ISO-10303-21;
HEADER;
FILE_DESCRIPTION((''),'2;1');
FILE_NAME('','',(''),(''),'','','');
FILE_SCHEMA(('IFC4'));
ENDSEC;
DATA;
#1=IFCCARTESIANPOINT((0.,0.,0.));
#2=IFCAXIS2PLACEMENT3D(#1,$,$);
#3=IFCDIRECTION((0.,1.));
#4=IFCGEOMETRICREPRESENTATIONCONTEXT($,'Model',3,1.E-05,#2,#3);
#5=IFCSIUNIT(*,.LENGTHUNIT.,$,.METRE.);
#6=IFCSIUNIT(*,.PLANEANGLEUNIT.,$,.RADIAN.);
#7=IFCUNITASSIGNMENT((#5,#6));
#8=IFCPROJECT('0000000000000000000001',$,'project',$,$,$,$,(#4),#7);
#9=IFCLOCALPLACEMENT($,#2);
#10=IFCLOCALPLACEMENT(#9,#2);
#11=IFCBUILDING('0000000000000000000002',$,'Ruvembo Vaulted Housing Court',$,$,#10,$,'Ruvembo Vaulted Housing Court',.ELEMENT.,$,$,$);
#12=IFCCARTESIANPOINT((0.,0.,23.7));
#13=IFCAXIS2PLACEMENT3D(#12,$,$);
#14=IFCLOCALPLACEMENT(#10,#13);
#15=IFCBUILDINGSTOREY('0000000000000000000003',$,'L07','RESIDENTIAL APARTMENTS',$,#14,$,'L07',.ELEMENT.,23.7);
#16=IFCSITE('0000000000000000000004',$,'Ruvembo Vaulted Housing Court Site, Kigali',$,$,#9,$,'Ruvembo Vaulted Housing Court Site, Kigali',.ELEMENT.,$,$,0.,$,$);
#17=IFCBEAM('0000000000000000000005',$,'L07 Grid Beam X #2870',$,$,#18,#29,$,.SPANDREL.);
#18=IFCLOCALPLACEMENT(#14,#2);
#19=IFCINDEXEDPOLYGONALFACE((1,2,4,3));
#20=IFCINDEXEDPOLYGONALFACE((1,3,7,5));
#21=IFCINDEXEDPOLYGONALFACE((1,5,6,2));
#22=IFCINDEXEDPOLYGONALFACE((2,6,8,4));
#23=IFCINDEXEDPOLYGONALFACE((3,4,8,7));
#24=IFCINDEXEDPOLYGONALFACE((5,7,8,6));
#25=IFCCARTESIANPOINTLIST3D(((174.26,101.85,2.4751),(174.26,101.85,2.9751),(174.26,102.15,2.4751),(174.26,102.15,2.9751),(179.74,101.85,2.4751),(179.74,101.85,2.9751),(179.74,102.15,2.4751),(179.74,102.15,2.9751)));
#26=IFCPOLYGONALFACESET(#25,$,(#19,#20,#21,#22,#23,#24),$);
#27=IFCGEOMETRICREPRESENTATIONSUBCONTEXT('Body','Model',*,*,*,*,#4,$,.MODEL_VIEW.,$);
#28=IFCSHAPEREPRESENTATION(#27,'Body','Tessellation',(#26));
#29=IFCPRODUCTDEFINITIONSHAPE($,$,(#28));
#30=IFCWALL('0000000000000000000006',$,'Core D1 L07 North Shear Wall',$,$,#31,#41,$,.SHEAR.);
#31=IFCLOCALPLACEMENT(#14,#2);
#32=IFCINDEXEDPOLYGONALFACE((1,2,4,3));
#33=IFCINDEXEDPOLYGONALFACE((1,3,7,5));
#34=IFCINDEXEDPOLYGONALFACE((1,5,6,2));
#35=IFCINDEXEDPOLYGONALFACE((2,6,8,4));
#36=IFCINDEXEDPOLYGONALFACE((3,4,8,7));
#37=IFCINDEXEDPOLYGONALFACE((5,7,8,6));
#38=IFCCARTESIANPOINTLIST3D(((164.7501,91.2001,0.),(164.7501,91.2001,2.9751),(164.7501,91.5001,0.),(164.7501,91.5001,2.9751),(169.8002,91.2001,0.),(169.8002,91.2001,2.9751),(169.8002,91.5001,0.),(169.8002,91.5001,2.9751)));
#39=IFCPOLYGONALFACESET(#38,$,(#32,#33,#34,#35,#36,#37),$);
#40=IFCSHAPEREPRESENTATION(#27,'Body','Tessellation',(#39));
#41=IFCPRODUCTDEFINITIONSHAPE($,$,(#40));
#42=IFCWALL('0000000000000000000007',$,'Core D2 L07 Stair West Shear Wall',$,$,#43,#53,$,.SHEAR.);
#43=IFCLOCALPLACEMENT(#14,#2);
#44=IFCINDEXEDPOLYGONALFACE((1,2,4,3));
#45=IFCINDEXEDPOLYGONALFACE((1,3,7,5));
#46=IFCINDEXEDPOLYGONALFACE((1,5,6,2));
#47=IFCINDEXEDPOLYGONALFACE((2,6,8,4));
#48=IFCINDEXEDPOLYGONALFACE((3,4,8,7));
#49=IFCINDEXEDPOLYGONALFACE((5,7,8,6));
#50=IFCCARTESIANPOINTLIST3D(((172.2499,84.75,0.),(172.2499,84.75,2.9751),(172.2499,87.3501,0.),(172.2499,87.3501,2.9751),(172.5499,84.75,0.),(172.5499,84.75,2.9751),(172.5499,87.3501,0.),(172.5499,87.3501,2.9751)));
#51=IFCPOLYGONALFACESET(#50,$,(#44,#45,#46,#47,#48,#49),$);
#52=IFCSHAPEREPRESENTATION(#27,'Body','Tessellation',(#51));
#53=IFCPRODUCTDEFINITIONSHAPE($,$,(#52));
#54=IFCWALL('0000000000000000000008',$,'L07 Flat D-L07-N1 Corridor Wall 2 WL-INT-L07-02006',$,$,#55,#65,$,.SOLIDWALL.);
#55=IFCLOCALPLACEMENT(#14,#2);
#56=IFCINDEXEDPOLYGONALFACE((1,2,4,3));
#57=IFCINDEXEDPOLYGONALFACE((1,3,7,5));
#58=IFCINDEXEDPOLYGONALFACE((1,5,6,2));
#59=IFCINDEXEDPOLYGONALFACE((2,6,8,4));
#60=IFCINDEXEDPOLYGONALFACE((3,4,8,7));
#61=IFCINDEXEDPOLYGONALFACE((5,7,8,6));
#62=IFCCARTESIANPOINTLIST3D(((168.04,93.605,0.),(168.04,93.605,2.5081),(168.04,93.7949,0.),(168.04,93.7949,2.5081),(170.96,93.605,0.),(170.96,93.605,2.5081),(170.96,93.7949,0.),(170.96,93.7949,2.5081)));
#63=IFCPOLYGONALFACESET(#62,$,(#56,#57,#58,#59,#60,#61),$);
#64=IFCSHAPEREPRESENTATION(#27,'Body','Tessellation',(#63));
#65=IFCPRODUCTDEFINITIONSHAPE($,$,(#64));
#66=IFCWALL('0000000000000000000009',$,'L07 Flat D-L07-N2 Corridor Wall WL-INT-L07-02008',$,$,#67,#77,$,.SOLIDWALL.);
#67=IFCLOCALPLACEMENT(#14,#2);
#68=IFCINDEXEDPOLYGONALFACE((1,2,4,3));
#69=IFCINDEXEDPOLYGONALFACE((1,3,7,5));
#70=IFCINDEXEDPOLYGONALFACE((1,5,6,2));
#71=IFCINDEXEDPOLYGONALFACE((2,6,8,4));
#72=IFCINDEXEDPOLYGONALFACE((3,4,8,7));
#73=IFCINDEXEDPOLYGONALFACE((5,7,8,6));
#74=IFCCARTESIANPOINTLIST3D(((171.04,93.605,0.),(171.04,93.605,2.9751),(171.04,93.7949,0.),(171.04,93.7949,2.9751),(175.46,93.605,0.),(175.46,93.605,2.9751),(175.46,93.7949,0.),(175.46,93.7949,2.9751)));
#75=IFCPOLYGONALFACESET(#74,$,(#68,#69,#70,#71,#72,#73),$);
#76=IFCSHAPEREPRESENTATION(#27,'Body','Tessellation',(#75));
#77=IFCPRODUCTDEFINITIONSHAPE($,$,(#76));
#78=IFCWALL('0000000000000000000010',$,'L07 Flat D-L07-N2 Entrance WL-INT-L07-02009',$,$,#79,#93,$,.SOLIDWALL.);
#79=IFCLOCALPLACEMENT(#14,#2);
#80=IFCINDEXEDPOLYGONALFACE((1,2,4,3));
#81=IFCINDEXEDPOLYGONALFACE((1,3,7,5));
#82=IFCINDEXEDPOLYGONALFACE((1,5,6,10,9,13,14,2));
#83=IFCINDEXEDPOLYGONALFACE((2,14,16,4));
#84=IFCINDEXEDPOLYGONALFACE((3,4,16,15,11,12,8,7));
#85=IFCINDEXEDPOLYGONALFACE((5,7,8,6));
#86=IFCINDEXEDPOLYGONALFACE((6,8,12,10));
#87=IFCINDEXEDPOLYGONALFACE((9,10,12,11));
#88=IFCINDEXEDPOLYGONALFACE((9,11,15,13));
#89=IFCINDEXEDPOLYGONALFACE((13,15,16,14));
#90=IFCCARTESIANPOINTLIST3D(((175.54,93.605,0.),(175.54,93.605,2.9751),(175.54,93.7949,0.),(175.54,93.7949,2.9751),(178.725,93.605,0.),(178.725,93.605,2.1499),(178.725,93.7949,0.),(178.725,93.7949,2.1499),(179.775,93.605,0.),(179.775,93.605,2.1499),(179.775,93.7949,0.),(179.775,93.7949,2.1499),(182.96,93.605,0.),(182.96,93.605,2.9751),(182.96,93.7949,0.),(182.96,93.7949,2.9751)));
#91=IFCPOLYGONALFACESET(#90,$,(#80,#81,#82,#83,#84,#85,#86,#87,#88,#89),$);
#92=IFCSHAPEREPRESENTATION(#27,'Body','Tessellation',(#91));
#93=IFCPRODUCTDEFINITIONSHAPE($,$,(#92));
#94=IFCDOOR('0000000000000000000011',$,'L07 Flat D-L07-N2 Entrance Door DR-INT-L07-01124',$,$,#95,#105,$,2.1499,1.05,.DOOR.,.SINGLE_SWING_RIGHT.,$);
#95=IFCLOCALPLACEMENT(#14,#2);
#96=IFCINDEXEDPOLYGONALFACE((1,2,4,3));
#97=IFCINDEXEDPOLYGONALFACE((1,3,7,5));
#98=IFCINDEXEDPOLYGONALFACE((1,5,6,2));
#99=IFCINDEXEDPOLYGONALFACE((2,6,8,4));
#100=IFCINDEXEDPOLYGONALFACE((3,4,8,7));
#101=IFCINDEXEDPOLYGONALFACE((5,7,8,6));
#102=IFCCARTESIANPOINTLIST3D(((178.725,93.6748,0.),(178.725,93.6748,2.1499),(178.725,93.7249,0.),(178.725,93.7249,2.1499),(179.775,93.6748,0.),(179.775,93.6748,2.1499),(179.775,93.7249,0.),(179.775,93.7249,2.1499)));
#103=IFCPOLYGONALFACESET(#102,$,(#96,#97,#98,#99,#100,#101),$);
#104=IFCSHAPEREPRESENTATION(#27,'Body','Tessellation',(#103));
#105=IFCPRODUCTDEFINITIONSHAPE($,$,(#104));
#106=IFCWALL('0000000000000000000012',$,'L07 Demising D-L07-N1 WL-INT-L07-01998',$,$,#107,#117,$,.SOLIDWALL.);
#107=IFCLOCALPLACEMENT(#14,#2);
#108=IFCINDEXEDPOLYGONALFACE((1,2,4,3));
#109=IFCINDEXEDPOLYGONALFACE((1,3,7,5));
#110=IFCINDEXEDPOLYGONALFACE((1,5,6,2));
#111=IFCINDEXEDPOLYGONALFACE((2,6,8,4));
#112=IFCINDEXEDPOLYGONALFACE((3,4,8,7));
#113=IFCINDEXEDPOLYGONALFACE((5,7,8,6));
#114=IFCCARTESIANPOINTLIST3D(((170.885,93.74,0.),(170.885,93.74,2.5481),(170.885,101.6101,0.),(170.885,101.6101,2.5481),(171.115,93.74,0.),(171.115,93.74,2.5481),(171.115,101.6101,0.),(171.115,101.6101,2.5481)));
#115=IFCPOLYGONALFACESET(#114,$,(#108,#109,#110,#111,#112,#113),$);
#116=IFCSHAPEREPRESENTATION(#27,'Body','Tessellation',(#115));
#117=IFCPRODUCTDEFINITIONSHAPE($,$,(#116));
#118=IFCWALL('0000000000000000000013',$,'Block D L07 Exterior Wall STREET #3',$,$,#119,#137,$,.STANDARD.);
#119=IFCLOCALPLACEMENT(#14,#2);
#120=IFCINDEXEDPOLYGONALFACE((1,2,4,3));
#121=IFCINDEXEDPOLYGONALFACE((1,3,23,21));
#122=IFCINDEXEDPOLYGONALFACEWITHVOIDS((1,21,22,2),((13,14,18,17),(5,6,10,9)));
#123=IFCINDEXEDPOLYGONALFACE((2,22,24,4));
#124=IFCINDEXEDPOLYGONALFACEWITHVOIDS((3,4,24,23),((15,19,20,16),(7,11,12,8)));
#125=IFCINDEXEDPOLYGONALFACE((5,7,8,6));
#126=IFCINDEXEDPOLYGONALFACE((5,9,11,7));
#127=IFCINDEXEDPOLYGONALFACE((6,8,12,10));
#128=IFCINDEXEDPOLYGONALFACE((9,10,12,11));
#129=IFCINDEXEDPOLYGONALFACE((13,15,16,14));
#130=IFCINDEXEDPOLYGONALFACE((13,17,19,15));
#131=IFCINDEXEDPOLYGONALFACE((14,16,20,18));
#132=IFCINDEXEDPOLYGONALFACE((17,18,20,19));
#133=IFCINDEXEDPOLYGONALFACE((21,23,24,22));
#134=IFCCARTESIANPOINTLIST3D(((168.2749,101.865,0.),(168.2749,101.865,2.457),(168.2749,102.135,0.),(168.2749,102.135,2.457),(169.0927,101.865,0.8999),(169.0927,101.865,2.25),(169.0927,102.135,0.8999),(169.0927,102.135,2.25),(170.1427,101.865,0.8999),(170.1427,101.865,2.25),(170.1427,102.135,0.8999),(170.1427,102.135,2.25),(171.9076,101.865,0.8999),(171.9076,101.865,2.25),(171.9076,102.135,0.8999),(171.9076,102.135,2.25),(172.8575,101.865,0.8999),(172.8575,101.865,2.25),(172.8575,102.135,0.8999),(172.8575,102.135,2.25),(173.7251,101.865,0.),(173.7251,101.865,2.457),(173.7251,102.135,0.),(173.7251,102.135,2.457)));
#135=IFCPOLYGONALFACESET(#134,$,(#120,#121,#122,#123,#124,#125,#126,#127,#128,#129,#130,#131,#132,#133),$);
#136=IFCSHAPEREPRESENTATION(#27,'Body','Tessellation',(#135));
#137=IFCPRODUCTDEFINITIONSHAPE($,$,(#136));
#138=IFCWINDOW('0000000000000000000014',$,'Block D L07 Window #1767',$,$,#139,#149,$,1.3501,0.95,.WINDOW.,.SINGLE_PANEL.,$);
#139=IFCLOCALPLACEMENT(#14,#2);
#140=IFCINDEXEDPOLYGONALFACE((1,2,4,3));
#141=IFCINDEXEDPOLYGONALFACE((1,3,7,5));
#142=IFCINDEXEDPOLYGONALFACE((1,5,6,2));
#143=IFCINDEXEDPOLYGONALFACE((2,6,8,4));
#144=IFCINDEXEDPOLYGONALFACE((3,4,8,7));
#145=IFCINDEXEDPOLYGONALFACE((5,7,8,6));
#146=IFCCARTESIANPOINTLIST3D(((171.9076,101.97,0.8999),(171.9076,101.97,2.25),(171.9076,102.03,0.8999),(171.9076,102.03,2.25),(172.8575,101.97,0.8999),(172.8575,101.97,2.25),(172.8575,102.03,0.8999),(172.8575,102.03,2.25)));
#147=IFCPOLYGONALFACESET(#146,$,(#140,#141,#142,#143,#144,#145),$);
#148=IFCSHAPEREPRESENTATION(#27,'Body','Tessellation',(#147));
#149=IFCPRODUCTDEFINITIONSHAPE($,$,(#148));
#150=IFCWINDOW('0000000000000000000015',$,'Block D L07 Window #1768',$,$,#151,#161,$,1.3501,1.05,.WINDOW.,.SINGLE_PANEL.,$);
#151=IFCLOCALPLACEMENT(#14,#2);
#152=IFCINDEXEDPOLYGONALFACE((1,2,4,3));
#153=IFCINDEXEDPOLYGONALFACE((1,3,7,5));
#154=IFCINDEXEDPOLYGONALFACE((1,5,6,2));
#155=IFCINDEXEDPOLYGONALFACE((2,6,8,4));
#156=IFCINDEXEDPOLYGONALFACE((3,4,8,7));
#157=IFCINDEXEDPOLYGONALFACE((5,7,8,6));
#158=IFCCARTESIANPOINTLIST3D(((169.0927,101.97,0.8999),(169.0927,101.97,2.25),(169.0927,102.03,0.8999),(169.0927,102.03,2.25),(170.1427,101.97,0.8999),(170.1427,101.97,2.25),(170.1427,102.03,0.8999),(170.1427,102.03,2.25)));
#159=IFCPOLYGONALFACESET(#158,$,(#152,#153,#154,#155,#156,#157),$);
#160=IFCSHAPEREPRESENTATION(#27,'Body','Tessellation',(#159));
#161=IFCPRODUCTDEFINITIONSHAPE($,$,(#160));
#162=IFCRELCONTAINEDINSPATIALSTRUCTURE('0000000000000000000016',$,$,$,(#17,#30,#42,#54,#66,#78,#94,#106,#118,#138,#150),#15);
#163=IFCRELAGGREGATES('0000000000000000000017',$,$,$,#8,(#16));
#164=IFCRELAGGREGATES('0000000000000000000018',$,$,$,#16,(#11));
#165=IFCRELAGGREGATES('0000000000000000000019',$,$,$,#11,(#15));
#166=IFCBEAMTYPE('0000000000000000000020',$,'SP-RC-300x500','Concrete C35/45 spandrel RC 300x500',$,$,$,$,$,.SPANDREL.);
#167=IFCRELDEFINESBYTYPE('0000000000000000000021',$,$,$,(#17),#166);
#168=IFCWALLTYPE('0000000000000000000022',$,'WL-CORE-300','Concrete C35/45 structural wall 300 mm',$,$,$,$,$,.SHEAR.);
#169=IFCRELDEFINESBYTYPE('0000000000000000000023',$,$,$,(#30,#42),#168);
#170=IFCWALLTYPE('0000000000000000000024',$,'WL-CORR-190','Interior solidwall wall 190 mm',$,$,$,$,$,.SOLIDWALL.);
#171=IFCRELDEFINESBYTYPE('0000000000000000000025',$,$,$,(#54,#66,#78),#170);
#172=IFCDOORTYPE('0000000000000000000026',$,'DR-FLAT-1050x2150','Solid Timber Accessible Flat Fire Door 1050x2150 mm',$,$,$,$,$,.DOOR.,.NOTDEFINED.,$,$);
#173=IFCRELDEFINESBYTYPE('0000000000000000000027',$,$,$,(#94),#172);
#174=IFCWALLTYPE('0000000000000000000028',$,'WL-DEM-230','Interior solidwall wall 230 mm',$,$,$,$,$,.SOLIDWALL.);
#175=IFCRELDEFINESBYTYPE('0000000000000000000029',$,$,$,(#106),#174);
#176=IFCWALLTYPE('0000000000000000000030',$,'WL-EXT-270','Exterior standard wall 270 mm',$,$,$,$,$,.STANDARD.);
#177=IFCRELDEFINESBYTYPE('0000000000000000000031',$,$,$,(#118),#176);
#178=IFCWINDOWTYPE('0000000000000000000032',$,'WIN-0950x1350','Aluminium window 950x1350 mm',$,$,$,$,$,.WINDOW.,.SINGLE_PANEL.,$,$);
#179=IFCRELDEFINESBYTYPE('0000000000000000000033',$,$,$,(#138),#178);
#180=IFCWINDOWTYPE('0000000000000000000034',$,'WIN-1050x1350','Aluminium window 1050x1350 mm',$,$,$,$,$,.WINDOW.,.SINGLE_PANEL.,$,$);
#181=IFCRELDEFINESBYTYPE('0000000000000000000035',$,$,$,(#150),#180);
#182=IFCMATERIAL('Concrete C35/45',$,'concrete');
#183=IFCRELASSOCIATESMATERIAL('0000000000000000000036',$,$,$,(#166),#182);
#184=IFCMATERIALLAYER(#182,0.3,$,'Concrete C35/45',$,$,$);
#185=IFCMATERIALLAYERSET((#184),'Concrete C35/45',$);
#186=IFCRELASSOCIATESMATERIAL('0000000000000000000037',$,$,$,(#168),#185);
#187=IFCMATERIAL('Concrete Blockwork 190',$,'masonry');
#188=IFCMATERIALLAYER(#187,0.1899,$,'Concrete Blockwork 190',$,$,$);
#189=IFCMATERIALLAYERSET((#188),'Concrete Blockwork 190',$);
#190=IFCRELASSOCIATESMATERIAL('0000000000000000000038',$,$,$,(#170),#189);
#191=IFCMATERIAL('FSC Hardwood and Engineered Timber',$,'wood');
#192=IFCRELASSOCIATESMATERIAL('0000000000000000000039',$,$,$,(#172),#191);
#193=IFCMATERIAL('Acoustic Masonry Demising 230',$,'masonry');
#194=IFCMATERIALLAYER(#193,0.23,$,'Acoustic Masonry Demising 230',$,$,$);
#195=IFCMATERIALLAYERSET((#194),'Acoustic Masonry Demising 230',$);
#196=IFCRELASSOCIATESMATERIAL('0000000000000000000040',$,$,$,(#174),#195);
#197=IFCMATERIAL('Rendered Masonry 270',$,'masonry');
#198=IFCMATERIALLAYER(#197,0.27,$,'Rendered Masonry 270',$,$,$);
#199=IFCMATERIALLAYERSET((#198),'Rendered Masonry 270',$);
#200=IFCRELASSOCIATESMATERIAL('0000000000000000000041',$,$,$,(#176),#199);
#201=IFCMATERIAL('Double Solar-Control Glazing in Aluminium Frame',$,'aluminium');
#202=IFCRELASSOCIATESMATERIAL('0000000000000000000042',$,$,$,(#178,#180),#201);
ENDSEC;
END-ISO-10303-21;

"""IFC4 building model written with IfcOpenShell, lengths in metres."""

from ifc_helpers import new_model, si_unit, direction, frame, frame_2d, origin, origin_2d, place, context, subcontext, project, spatial, rectangle, extrude, material, layer, layer_set, material_profile, profile_set, type_object, element, fill, save


model = new_model("IFC4")

# Units and contexts
model_context = context("Model", 3, precision=1e-05, world=origin(), true_north=direction((0.0, 1.0)))
body_context = subcontext(model_context, "Body", "Model", "MODEL_VIEW")
ifc_project = project(units=[si_unit("LENGTHUNIT", "METRE"), si_unit("PLANEANGLEUNIT", "RADIAN")], contexts=[model_context])

# Site, building, storey
site_placement = place(None, origin())
site = spatial("IfcSite", under=ifc_project, at=site_placement, Name="Ruvembo Vaulted Housing Court Site, Kigali", LongName="Ruvembo Vaulted Housing Court Site, Kigali", CompositionType="ELEMENT", RefElevation=0.0)
building_placement = place(site_placement, origin())
building = spatial("IfcBuilding", under=site, at=building_placement, Name="Ruvembo Vaulted Housing Court", LongName="Ruvembo Vaulted Housing Court", CompositionType="ELEMENT")
storey_placement = place(building_placement, frame((0.0, 0.0, 23.7)))
storey = spatial("IfcBuildingStorey", under=building, at=storey_placement, Name="L07", Description="RESIDENTIAL APARTMENTS", LongName="L07", CompositionType="ELEMENT", Elevation=23.7)

# Shared definitions
ifc_material_1 = material(Name="Concrete C35/45", Category="concrete")

# Beam
ifc_material_profile_1 = material_profile(ifc_material_1, rectangle(XDim=0.3, YDim=0.5, at=origin_2d()), Name="RC 300x500")
ifc_profile_set_1 = profile_set([ifc_material_profile_1], Name="Concrete C35/45")
beam_type_1 = type_object("IfcBeamType", Name="SP-RC-300x500", Description="Concrete C35/45 spandrel RC 300x500", PredefinedType="SPANDREL", material=ifc_profile_set_1)
for number, where, z_axis, x_axis, name in (
    (1, (174.26, 102.0, 2.7251), (1.0, 0.0, 0.0), (0.0, 1.0, 0.0), "L07 Grid Beam X #2870"),
):
    element("IfcBeam", number, at=place(storey_placement, frame(where, z_axis=z_axis, x_axis=x_axis)), inside=storey, type_object=beam_type_1, Name=name, PredefinedType="SPANDREL", context=body_context, shape_type="SweptSolid", body=[
        extrude(rectangle(XDim=0.3, YDim=0.5, at=origin_2d()), origin(), (0.0, 0.0, 1.0), 5.48),
    ])

# Walls
ifc_layer_1 = layer(ifc_material_1, 0.3, Name="Concrete C35/45")
ifc_layer_set_1 = layer_set([ifc_layer_1], Name="Concrete C35/45")
wall_type_1 = type_object("IfcWallType", Name="WL-CORE-300", Description="Concrete C35/45 structural wall 300 mm", PredefinedType="SHEAR", material=ifc_layer_set_1)
wall_1_placement = place(storey_placement, frame((169.8, 91.3501, 0.0), z_axis=(0.0, 0.0, 1.0), x_axis=(-1.0, 0.0, 0.0)))
element("IfcWall", 2, at=wall_1_placement, inside=storey, type_object=wall_type_1, Name="Core D1 L07 North Shear Wall", PredefinedType="SHEAR", context=body_context, shape_type="SweptSolid", body=[
    extrude(rectangle(XDim=5.05, YDim=0.3, at=frame_2d((2.5249, 0.0))), origin(), (0.0, 0.0, 1.0), 2.9751),
])
wall_2_placement = place(storey_placement, frame((172.3999, 87.3501, 0.0), z_axis=(0.0, 0.0, 1.0), x_axis=(0.0, -1.0, 0.0)))
element("IfcWall", 3, at=wall_2_placement, inside=storey, type_object=wall_type_1, Name="Core D2 L07 Stair West Shear Wall", PredefinedType="SHEAR", context=body_context, shape_type="SweptSolid", body=[
    extrude(rectangle(XDim=2.6001, YDim=0.3, at=frame_2d((1.3, 0.0))), origin(), (0.0, 0.0, 1.0), 2.9751),
])
ifc_material_2 = material(Name="Concrete Blockwork 190", Category="masonry")
ifc_layer_2 = layer(ifc_material_2, 0.1899, Name="Concrete Blockwork 190")
ifc_layer_set_2 = layer_set([ifc_layer_2], Name="Concrete Blockwork 190")
wall_type_2 = type_object("IfcWallType", Name="WL-CORR-190", Description="Interior solidwall wall 190 mm", PredefinedType="SOLIDWALL", material=ifc_layer_set_2)
wall_3_placement = place(storey_placement, frame((168.04, 93.7, 0.0), z_axis=(0.0, 0.0, 1.0), x_axis=(1.0, 0.0, 0.0)))
element("IfcWall", 4, at=wall_3_placement, inside=storey, type_object=wall_type_2, Name="L07 Flat D-L07-N1 Corridor Wall 2 WL-INT-L07-02006", PredefinedType="SOLIDWALL", context=body_context, shape_type="SweptSolid", body=[
    extrude(rectangle(XDim=2.9199, YDim=0.1899, at=frame_2d((1.46, 0.0))), origin(), (0.0, 0.0, 1.0), 2.5081),
])
wall_4_placement = place(storey_placement, frame((171.04, 93.7, 0.0), z_axis=(0.0, 0.0, 1.0), x_axis=(1.0, 0.0, 0.0)))
element("IfcWall", 5, at=wall_4_placement, inside=storey, type_object=wall_type_2, Name="L07 Flat D-L07-N2 Corridor Wall WL-INT-L07-02008", PredefinedType="SOLIDWALL", context=body_context, shape_type="SweptSolid", body=[
    extrude(rectangle(XDim=4.4199, YDim=0.1899, at=frame_2d((2.21, 0.0))), origin(), (0.0, 0.0, 1.0), 2.9751),
])

# Wall, opening, door
wall_5_placement = place(storey_placement, frame((175.54, 93.7, 0.0), z_axis=(0.0, 0.0, 1.0), x_axis=(1.0, 0.0, 0.0)))
wall_5 = element("IfcWall", 6, at=wall_5_placement, inside=storey, type_object=wall_type_2, Name="L07 Flat D-L07-N2 Entrance WL-INT-L07-02009", PredefinedType="SOLIDWALL", context=body_context, shape_type="SweptSolid", body=[
    extrude(rectangle(XDim=7.4199, YDim=0.1899, at=frame_2d((3.71, 0.0))), origin(), (0.0, 0.0, 1.0), 2.9751),
])
opening_1_placement = place(wall_5_placement, frame((3.1851, 0.0, 0.0)))
opening_1 = element("IfcOpeningElement", 7, at=opening_1_placement, cuts=wall_5, PredefinedType="OPENING", context=body_context, shape_type="SweptSolid", body=[
    extrude(rectangle(XDim=1.05, YDim=2.1499, at=frame_2d((0.5249, 1.075))), frame((0.0, 0.105, 0.0), z_axis=(0.0, -1.0, 0.0), x_axis=(1.0, 0.0, 0.0)), (0.0, 0.0, 1.0), 0.21),
])
ifc_material_3 = material(Name="FSC Hardwood and Engineered Timber", Category="wood")
door_type_1 = type_object("IfcDoorType", Name="DR-FLAT-1050x2150", Description="Solid Timber Accessible Flat Fire Door 1050x2150 mm", OperationType="NOTDEFINED", PredefinedType="DOOR", material=ifc_material_3)
door_1_placement = place(opening_1_placement, origin())
door_1 = element("IfcDoor", 8, at=door_1_placement, inside=storey, type_object=door_type_1, Name="L07 Flat D-L07-N2 Entrance Door DR-INT-L07-01124", OperationType="SINGLE_SWING_RIGHT", OverallHeight=2.1499, OverallWidth=1.05, PredefinedType="DOOR", context=body_context, shape_type="SweptSolid", body=[
    extrude(rectangle(XDim=1.05, YDim=2.1499, at=frame_2d((0.5249, 1.075))), frame((0.0, 0.0249, 0.0), z_axis=(0.0, -1.0, 0.0), x_axis=(1.0, 0.0, 0.0)), (0.0, 0.0, 1.0), 0.05),
])
fill(opening_1, door_1)

# Wall
ifc_material_4 = material(Name="Acoustic Masonry Demising 230", Category="masonry")
ifc_layer_3 = layer(ifc_material_4, 0.23, Name="Acoustic Masonry Demising 230")
ifc_layer_set_3 = layer_set([ifc_layer_3], Name="Acoustic Masonry Demising 230")
wall_type_3 = type_object("IfcWallType", Name="WL-DEM-230", Description="Interior solidwall wall 230 mm", PredefinedType="SOLIDWALL", material=ifc_layer_set_3)
wall_6_placement = place(storey_placement, frame((171.0, 93.74, 0.0), z_axis=(0.0, 0.0, 1.0), x_axis=(0.0, 1.0, 0.0)))
element("IfcWall", 9, at=wall_6_placement, inside=storey, type_object=wall_type_3, Name="L07 Demising D-L07-N1 WL-INT-L07-01998", PredefinedType="SOLIDWALL", context=body_context, shape_type="SweptSolid", body=[
    extrude(rectangle(XDim=7.8701, YDim=0.23, at=frame_2d((3.9351, 0.0))), origin(), (0.0, 0.0, 1.0), 2.5481),
])

# Wall, openings, windows
ifc_material_5 = material(Name="Rendered Masonry 270", Category="masonry")
ifc_layer_4 = layer(ifc_material_5, 0.27, Name="Rendered Masonry 270")
ifc_layer_set_4 = layer_set([ifc_layer_4], Name="Rendered Masonry 270")
wall_type_4 = type_object("IfcWallType", Name="WL-EXT-270", Description="Exterior standard wall 270 mm", PredefinedType="STANDARD", material=ifc_layer_set_4)
wall_7_placement = place(storey_placement, frame((173.7251, 102.0, 0.0), z_axis=(0.0, 0.0, 1.0), x_axis=(-1.0, 0.0, 0.0)))
wall_7 = element("IfcWall", 10, at=wall_7_placement, inside=storey, type_object=wall_type_4, Name="Block D L07 Exterior Wall STREET #3", PredefinedType="STANDARD", context=body_context, shape_type="SweptSolid", body=[
    extrude(rectangle(XDim=5.4502, YDim=0.27, at=frame_2d((2.7251, 0.0))), origin(), (0.0, 0.0, 1.0), 2.457),
])
opening_2_placement = place(wall_7_placement, frame((0.8674, 0.0, 0.8999)))
opening_2 = element("IfcOpeningElement", 11, at=opening_2_placement, cuts=wall_7, PredefinedType="OPENING", context=body_context, shape_type="SweptSolid", body=[
    extrude(rectangle(XDim=0.95, YDim=1.3501, at=frame_2d((0.4751, 0.675))), frame((0.0, 0.145, 0.0), z_axis=(0.0, -1.0, 0.0), x_axis=(1.0, 0.0, 0.0)), (0.0, 0.0, 1.0), 0.29),
])
opening_3_placement = place(wall_7_placement, frame((3.5825, 0.0, 0.8999)))
opening_3 = element("IfcOpeningElement", 12, at=opening_3_placement, cuts=wall_7, PredefinedType="OPENING", context=body_context, shape_type="SweptSolid", body=[
    extrude(rectangle(XDim=1.05, YDim=1.3501, at=frame_2d((0.5249, 0.675))), frame((0.0, 0.145, 0.0), z_axis=(0.0, -1.0, 0.0), x_axis=(1.0, 0.0, 0.0)), (0.0, 0.0, 1.0), 0.29),
])
ifc_material_6 = material(Name="Double Solar-Control Glazing in Aluminium Frame", Category="aluminium")
window_type_1 = type_object("IfcWindowType", Name="WIN-0950x1350", Description="Aluminium window 950x1350 mm", PartitioningType="SINGLE_PANEL", PredefinedType="WINDOW", material=ifc_material_6)
window_1_placement = place(opening_2_placement, origin())
window_1 = element("IfcWindow", 13, at=window_1_placement, inside=storey, type_object=window_type_1, Name="Block D L07 Window #1767", OverallHeight=1.3501, OverallWidth=0.95, PartitioningType="SINGLE_PANEL", PredefinedType="WINDOW", context=body_context, shape_type="SweptSolid", body=[
    extrude(rectangle(XDim=0.95, YDim=1.3501, at=frame_2d((0.4751, 0.675))), frame((0.0, 0.03, 0.0), z_axis=(0.0, -1.0, 0.0), x_axis=(1.0, 0.0, 0.0)), (0.0, 0.0, 1.0), 0.0601),
])
fill(opening_2, window_1)
window_type_2 = type_object("IfcWindowType", Name="WIN-1050x1350", Description="Aluminium window 1050x1350 mm", PartitioningType="SINGLE_PANEL", PredefinedType="WINDOW", material=ifc_material_6)
window_2_placement = place(opening_3_placement, origin())
window_2 = element("IfcWindow", 14, at=window_2_placement, inside=storey, type_object=window_type_2, Name="Block D L07 Window #1768", OverallHeight=1.3501, OverallWidth=1.05, PartitioningType="SINGLE_PANEL", PredefinedType="WINDOW", context=body_context, shape_type="SweptSolid", body=[
    extrude(rectangle(XDim=1.05, YDim=1.3501, at=frame_2d((0.5249, 0.675))), frame((0.0, 0.03, 0.0), z_axis=(0.0, -1.0, 0.0), x_axis=(1.0, 0.0, 0.0)), (0.0, 0.0, 1.0), 0.0601),
])
fill(opening_3, window_2)

save(model, "model.ifc")
